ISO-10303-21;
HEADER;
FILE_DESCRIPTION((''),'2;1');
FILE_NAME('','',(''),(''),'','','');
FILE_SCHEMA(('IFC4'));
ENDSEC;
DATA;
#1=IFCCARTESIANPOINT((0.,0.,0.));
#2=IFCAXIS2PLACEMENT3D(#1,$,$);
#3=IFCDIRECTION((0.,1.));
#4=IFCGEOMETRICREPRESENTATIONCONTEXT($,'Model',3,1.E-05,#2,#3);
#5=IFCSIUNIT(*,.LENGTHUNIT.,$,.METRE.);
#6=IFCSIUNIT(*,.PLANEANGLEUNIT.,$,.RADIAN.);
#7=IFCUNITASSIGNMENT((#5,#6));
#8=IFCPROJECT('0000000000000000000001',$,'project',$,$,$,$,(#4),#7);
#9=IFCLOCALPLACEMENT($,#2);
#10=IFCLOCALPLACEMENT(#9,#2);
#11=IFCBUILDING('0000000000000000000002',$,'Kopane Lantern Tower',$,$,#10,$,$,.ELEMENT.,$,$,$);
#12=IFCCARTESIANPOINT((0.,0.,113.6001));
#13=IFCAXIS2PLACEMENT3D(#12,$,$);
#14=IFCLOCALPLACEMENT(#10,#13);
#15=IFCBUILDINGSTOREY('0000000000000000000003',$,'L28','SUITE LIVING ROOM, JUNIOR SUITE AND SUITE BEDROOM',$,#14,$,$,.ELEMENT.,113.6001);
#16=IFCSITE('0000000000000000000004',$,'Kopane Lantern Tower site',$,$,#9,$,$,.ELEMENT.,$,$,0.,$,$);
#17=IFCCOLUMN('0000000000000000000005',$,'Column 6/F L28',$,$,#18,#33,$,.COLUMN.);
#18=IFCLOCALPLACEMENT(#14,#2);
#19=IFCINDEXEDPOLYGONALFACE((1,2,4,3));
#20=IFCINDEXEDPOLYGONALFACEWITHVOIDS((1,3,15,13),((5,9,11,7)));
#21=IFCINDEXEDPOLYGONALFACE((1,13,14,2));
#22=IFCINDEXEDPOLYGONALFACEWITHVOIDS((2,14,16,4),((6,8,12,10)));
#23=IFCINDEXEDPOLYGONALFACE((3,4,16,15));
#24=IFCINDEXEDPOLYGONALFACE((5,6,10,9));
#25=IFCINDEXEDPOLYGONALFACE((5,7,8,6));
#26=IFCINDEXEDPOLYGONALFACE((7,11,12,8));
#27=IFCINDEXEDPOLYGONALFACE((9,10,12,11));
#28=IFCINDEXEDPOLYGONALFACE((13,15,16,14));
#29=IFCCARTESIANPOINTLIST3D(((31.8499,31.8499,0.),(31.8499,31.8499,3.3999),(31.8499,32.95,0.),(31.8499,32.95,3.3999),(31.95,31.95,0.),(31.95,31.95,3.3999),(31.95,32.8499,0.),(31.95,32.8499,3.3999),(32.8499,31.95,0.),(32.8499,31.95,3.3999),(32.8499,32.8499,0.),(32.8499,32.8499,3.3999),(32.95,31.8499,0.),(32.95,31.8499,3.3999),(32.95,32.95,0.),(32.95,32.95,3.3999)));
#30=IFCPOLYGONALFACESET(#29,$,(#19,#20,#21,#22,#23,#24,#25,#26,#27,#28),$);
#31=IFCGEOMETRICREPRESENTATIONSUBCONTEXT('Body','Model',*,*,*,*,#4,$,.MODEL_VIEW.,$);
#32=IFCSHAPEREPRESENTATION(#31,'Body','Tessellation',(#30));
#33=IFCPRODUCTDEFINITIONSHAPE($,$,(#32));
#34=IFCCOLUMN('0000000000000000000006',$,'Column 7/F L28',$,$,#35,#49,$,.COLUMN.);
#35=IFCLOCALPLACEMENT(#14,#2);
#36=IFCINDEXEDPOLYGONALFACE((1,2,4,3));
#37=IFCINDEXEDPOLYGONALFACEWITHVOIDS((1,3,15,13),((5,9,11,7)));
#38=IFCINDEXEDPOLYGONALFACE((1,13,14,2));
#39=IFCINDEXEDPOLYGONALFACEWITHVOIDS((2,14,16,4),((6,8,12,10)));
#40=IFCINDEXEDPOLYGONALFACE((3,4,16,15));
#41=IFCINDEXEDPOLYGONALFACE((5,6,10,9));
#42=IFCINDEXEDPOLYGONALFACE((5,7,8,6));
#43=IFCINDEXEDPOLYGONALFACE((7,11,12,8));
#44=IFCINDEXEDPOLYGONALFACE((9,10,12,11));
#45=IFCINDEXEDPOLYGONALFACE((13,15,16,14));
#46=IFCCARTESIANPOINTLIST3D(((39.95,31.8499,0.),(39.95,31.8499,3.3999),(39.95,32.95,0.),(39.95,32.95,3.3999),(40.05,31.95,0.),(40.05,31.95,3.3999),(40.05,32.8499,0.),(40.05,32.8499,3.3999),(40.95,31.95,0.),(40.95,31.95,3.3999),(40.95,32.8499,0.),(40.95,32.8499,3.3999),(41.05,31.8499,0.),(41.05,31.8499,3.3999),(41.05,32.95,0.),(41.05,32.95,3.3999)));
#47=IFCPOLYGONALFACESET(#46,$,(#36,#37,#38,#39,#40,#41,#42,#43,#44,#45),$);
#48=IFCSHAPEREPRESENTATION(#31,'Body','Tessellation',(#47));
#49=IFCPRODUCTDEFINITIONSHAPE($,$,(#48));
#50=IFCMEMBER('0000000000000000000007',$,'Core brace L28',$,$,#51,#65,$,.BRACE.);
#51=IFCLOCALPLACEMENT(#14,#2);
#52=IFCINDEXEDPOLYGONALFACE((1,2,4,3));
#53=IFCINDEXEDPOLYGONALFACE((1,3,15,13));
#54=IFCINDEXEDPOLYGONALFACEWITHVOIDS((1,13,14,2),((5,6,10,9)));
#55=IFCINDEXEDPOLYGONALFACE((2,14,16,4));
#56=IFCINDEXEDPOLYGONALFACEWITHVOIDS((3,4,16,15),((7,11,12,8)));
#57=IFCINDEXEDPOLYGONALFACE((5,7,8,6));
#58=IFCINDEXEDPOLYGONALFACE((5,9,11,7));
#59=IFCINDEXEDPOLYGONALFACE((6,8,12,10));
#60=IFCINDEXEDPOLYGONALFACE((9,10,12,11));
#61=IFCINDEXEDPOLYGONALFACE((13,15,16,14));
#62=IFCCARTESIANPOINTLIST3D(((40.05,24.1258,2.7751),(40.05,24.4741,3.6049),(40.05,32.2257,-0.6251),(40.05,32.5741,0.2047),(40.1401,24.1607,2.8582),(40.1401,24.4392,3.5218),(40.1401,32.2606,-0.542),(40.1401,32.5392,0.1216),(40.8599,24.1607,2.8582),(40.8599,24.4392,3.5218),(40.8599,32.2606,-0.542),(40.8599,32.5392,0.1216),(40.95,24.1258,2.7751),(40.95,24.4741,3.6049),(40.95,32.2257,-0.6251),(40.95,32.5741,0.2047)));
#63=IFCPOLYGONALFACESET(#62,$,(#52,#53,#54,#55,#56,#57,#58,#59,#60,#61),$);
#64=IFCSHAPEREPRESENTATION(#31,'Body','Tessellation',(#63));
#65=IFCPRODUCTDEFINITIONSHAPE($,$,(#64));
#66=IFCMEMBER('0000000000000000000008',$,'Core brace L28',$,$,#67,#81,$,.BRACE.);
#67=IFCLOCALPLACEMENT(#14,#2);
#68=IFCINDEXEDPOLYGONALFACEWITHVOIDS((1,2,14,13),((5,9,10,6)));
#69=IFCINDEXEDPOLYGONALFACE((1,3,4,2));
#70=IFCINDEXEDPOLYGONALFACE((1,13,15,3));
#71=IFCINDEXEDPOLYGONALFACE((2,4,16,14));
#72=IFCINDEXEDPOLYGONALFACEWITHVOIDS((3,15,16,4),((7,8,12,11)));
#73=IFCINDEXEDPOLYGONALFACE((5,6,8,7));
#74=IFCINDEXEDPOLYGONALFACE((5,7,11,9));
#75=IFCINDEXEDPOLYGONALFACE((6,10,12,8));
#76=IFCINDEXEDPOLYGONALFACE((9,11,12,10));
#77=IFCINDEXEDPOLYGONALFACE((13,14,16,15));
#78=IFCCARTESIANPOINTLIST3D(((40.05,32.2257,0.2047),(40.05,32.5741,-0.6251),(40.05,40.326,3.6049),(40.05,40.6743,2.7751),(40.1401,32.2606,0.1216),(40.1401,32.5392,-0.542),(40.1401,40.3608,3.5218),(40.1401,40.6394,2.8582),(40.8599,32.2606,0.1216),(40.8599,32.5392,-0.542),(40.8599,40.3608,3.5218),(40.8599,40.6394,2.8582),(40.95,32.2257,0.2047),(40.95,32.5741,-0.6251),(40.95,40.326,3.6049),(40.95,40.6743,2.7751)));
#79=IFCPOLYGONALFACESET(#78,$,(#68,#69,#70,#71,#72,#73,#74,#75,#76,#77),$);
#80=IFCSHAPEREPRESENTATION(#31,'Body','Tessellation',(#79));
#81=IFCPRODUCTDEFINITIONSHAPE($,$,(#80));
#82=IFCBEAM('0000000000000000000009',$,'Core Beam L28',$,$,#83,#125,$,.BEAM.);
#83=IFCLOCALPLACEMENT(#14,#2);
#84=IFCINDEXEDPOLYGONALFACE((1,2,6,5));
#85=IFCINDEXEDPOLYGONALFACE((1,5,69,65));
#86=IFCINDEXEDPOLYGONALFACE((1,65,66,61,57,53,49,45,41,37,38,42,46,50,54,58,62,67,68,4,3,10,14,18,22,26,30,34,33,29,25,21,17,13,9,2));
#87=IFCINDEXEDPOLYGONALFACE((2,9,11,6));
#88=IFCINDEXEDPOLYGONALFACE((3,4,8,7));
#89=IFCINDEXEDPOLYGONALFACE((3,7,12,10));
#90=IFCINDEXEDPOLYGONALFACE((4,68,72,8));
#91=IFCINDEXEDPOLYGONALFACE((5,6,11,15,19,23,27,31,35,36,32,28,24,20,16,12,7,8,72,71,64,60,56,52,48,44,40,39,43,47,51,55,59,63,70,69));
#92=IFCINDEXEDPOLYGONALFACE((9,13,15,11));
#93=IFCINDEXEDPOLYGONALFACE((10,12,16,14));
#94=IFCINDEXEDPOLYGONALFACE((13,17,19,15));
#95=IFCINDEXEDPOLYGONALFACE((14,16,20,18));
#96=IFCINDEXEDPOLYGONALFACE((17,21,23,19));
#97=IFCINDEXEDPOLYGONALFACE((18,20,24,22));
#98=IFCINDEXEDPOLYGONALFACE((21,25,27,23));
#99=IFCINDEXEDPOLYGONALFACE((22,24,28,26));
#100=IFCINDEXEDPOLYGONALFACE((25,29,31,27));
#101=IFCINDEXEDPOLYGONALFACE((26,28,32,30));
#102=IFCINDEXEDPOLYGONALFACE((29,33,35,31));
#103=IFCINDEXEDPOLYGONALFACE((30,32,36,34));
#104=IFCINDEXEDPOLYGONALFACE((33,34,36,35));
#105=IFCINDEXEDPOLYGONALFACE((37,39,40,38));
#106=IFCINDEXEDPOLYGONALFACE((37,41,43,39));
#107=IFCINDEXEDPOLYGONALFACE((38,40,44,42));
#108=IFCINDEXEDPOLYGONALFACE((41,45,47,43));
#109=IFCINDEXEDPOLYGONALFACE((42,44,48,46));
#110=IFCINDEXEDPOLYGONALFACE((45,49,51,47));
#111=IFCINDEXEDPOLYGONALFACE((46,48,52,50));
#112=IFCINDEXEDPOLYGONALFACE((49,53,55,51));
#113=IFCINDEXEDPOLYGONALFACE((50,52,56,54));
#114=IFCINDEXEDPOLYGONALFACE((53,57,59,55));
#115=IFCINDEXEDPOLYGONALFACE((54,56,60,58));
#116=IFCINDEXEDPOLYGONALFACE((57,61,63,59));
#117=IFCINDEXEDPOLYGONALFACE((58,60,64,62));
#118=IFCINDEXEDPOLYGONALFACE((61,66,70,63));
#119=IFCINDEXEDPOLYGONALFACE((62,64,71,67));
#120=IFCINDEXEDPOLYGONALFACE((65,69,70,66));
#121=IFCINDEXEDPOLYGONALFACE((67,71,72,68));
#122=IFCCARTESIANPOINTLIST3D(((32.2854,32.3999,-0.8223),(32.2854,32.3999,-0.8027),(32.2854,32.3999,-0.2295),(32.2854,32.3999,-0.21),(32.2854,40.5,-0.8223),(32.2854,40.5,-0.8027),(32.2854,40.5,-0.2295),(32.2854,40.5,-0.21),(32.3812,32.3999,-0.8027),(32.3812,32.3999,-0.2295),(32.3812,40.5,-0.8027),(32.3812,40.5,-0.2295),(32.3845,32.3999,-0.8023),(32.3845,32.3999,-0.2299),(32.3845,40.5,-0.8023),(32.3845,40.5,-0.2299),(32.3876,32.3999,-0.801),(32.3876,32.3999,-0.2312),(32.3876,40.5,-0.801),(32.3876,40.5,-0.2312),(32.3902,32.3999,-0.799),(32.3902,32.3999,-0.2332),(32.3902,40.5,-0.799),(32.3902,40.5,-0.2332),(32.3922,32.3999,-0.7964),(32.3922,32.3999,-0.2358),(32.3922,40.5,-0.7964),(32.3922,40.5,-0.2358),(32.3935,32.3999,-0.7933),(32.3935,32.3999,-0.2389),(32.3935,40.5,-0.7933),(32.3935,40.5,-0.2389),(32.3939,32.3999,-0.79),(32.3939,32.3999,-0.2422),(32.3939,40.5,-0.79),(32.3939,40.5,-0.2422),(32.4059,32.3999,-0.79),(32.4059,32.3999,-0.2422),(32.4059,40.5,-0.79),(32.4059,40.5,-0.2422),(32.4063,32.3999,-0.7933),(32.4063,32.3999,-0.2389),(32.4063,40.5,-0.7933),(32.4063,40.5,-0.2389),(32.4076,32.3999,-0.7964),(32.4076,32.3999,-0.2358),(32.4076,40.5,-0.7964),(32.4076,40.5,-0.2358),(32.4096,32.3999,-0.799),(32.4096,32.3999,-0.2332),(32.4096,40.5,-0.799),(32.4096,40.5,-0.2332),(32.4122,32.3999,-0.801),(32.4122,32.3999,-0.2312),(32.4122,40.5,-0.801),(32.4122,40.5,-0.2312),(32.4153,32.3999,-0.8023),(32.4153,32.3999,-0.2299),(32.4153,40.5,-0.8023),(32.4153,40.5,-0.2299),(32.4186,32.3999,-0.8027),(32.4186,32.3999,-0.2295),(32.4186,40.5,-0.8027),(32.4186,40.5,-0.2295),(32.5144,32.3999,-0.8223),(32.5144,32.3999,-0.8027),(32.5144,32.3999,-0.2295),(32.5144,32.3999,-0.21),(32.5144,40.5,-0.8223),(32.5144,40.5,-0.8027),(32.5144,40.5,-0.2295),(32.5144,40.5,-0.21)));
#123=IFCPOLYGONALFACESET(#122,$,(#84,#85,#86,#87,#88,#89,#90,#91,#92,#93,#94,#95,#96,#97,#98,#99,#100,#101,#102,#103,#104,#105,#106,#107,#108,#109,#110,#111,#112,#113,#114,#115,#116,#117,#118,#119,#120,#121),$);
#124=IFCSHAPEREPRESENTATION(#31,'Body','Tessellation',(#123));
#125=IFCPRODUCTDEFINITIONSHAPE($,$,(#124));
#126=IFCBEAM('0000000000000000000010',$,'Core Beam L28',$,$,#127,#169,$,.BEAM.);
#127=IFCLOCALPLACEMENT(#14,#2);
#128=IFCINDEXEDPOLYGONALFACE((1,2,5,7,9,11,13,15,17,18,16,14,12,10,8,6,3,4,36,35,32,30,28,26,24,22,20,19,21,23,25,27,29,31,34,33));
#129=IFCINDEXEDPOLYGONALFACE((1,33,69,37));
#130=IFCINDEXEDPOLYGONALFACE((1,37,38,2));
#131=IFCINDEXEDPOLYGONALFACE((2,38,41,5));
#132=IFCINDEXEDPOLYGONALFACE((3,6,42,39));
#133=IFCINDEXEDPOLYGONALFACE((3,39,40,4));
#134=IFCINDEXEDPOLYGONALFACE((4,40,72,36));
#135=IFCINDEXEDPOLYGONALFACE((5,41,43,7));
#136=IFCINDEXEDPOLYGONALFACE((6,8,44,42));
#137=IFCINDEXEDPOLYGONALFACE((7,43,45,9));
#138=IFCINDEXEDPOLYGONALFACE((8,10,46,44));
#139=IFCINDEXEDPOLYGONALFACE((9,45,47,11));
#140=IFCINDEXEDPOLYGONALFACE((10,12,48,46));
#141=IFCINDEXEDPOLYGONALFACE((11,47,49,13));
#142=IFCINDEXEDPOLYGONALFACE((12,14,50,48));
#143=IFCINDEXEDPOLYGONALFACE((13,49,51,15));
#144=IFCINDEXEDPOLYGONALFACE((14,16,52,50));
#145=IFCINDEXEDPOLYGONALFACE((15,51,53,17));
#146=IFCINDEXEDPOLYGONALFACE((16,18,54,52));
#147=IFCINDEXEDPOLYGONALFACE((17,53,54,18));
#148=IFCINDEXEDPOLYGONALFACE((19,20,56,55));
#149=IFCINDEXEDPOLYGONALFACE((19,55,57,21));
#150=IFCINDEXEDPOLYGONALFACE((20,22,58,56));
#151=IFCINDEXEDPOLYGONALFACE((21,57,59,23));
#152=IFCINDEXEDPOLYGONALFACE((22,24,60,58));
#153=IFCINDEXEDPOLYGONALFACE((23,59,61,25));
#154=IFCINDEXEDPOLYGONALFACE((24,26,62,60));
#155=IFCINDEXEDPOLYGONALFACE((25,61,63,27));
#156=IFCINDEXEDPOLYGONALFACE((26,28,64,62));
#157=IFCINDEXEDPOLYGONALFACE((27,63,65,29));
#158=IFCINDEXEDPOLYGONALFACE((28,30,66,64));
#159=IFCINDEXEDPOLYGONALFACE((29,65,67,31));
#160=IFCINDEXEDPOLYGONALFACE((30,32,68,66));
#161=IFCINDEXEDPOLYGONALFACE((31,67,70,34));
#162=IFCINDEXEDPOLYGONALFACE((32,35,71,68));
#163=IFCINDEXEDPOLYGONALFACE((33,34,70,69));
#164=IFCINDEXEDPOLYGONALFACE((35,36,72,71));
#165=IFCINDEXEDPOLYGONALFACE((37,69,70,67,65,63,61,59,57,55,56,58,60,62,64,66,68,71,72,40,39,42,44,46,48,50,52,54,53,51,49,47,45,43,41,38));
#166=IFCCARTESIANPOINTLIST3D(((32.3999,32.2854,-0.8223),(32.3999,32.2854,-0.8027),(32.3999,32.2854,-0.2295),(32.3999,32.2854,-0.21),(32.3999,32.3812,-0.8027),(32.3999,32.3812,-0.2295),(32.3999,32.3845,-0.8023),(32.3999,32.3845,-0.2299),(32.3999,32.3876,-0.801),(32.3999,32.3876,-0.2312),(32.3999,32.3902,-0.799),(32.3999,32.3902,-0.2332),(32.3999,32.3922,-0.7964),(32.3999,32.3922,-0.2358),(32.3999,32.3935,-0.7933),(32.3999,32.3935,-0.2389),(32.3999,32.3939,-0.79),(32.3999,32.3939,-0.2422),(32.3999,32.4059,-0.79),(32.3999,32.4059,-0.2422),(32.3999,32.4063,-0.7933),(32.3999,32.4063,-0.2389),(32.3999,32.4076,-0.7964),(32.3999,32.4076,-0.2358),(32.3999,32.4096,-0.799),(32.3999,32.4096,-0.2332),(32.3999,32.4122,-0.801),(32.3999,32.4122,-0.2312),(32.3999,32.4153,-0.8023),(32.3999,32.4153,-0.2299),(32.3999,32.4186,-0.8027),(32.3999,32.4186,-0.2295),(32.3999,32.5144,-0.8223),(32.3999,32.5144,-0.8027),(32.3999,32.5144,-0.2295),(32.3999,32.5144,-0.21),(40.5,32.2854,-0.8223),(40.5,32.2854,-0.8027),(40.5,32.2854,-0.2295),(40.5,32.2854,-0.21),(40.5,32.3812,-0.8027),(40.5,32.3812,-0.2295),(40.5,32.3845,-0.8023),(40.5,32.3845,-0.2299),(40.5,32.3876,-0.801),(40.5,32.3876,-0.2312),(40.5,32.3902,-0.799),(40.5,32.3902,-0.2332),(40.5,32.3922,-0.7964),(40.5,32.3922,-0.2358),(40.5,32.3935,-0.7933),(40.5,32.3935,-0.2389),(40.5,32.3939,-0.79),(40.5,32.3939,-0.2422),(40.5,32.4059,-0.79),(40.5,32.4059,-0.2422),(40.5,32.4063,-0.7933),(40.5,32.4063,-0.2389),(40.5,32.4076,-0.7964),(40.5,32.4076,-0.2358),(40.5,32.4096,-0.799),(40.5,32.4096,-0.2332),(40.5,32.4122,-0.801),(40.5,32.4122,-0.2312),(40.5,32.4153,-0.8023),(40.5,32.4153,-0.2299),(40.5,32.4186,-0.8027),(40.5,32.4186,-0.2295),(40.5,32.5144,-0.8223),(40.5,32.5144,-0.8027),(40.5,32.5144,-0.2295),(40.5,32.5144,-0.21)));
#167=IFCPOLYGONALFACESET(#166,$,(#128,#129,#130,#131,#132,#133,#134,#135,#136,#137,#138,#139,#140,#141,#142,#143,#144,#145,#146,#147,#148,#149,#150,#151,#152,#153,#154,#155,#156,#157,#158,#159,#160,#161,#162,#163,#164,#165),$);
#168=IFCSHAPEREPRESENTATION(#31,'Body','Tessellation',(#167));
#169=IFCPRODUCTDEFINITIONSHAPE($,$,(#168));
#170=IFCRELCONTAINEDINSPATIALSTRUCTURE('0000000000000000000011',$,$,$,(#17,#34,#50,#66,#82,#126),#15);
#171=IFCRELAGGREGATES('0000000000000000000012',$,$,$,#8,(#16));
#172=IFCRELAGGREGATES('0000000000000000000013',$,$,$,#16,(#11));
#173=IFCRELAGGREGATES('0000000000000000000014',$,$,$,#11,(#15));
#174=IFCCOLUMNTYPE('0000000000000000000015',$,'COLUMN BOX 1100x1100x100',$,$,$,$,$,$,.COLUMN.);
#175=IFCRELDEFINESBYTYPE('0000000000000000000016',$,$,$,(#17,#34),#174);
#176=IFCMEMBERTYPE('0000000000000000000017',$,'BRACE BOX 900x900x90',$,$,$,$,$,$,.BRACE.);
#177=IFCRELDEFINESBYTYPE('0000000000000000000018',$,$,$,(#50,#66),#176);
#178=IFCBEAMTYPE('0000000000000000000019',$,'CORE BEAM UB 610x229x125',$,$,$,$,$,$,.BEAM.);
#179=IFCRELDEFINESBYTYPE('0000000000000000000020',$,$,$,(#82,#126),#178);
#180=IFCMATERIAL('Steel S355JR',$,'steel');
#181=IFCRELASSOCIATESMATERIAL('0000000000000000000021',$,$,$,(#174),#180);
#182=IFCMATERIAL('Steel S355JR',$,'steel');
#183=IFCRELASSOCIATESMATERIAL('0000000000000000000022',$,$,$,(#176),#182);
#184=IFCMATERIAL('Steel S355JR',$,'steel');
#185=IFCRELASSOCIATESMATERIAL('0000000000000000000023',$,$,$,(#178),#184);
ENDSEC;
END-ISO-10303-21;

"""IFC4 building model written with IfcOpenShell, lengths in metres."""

from ifc_helpers import new_model, si_unit, direction, frame, origin, origin_2d, place, context, subcontext, project, spatial, hollow_rectangle, i_section, extrude, material, material_profile, profile_set, type_object, element, save


model = new_model("IFC4")

# Units and contexts
model_context = context("Model", 3, precision=1e-05, world=origin(), true_north=direction((0.0, 1.0)))
body_context = subcontext(model_context, "Body", "Model", "MODEL_VIEW")
ifc_project = project(units=[si_unit("LENGTHUNIT", "METRE"), si_unit("PLANEANGLEUNIT", "RADIAN")], contexts=[model_context])

# Site, building, storey
site_placement = place(None, origin())
site = spatial("IfcSite", under=ifc_project, at=site_placement, Name="Kopane Lantern Tower site", CompositionType="ELEMENT", RefElevation=0.0)
building_placement = place(site_placement, origin())
building = spatial("IfcBuilding", under=site, at=building_placement, Name="Kopane Lantern Tower", CompositionType="ELEMENT")
storey_placement = place(building_placement, frame((0.0, 0.0, 113.6001)))
storey = spatial("IfcBuildingStorey", under=building, at=storey_placement, Name="L28", Description="SUITE LIVING ROOM, JUNIOR SUITE AND SUITE BEDROOM", CompositionType="ELEMENT", Elevation=113.6001)

# Columns
ifc_material_1 = material(Name="Steel S355JR", Category="steel")
ifc_material_profile_1 = material_profile(ifc_material_1, hollow_rectangle(XDim=1.1001, YDim=1.1001, WallThickness=0.1001, at=origin_2d()), Name="BOX 1100x1100x100")
ifc_profile_set_1 = profile_set([ifc_material_profile_1], Name="Steel S355JR")
column_type = type_object("IfcColumnType", Name="COLUMN BOX 1100x1100x100", PredefinedType="COLUMN", material=ifc_profile_set_1)
for number, where, z_axis, x_axis, name in (
    (1, (32.3999, 32.3999, 0.0), (0.0, 0.0, 1.0), (1.0, 0.0, 0.0), "Column 6/F L28"),
    (2, (40.5, 32.3999, 0.0), (0.0, 0.0, 1.0), (1.0, 0.0, 0.0), "Column 7/F L28"),
):
    element("IfcColumn", number, at=place(storey_placement, frame(where, z_axis=z_axis, x_axis=x_axis)), inside=storey, type_object=column_type, Name=name, PredefinedType="COLUMN", context=body_context, shape_type="SweptSolid", body=[
        extrude(hollow_rectangle(XDim=1.1001, YDim=1.1001, WallThickness=0.1001, at=origin_2d()), origin(), (0.0, 0.0, 1.0), 3.3999),
    ])

# Members
ifc_material_2 = material(Name="Steel S355JR", Category="steel")
ifc_material_profile_2 = material_profile(ifc_material_2, hollow_rectangle(XDim=0.8999, YDim=0.8999, WallThickness=0.0901, at=origin_2d()), Name="BOX 900x900x90")
ifc_profile_set_2 = profile_set([ifc_material_profile_2], Name="Steel S355JR")
member_type = type_object("IfcMemberType", Name="BRACE BOX 900x900x90", PredefinedType="BRACE", material=ifc_profile_set_2)
member_1_placement = place(storey_placement, frame((40.5, 32.3999, -0.2102), z_axis=(0.0, -0.922055, 0.387059), x_axis=(1.0, 0.0, 0.0)))
element("IfcMember", 3, at=member_1_placement, inside=storey, type_object=member_type, Name="Core brace L28", PredefinedType="BRACE", context=body_context, shape_type="SweptSolid", body=[
    extrude(hollow_rectangle(XDim=0.8999, YDim=0.8999, WallThickness=0.0901, at=origin_2d()), origin(), (0.0, 0.0, 1.0), 8.7847),
])
member_2_placement = place(storey_placement, frame((40.5, 32.3999, -0.2102), z_axis=(0.0, 0.922059, 0.387049), x_axis=(-1.0, 0.0, 0.0)))
element("IfcMember", 4, at=member_2_placement, inside=storey, type_object=member_type, Name="Core brace L28", PredefinedType="BRACE", context=body_context, shape_type="SweptSolid", body=[
    extrude(hollow_rectangle(XDim=0.8999, YDim=0.8999, WallThickness=0.0901, at=origin_2d()), origin(), (0.0, 0.0, 1.0), 8.7849),
])

# Beams
ifc_material_3 = material(Name="Steel S355JR", Category="steel")
ifc_material_profile_3 = material_profile(ifc_material_3, i_section(OverallWidth=0.229, OverallDepth=0.6123, WebThickness=0.012, FlangeThickness=0.0195, FilletRadius=0.0127, at=origin_2d()), Name="UB 610x229x125")
ifc_profile_set_3 = profile_set([ifc_material_profile_3], Name="Steel S355JR")
beam_type_1 = type_object("IfcBeamType", Name="CORE BEAM UB 610x229x125", PredefinedType="BEAM", material=ifc_profile_set_3)
for number, where, z_axis, x_axis, name in (
    (5, (32.3999, 32.3999, -0.5161), (0.0, 1.0, 0.0), (-1.0, 0.0, 0.0), "Core Beam L28"),
    (6, (32.3999, 32.3999, -0.5161), (1.0, 0.0, 0.0), (0.0, 1.0, 0.0), "Core Beam L28"),
):
    element("IfcBeam", number, at=place(storey_placement, frame(where, z_axis=z_axis, x_axis=x_axis)), inside=storey, type_object=beam_type_1, Name=name, PredefinedType="BEAM", context=body_context, shape_type="SweptSolid", body=[
        extrude(i_section(OverallWidth=0.229, OverallDepth=0.6123, WebThickness=0.012, FlangeThickness=0.0195, FilletRadius=0.0127, at=origin_2d()), origin(), (0.0, 0.0, 1.0), 8.1001),
    ])

save(model, "model.ifc")
